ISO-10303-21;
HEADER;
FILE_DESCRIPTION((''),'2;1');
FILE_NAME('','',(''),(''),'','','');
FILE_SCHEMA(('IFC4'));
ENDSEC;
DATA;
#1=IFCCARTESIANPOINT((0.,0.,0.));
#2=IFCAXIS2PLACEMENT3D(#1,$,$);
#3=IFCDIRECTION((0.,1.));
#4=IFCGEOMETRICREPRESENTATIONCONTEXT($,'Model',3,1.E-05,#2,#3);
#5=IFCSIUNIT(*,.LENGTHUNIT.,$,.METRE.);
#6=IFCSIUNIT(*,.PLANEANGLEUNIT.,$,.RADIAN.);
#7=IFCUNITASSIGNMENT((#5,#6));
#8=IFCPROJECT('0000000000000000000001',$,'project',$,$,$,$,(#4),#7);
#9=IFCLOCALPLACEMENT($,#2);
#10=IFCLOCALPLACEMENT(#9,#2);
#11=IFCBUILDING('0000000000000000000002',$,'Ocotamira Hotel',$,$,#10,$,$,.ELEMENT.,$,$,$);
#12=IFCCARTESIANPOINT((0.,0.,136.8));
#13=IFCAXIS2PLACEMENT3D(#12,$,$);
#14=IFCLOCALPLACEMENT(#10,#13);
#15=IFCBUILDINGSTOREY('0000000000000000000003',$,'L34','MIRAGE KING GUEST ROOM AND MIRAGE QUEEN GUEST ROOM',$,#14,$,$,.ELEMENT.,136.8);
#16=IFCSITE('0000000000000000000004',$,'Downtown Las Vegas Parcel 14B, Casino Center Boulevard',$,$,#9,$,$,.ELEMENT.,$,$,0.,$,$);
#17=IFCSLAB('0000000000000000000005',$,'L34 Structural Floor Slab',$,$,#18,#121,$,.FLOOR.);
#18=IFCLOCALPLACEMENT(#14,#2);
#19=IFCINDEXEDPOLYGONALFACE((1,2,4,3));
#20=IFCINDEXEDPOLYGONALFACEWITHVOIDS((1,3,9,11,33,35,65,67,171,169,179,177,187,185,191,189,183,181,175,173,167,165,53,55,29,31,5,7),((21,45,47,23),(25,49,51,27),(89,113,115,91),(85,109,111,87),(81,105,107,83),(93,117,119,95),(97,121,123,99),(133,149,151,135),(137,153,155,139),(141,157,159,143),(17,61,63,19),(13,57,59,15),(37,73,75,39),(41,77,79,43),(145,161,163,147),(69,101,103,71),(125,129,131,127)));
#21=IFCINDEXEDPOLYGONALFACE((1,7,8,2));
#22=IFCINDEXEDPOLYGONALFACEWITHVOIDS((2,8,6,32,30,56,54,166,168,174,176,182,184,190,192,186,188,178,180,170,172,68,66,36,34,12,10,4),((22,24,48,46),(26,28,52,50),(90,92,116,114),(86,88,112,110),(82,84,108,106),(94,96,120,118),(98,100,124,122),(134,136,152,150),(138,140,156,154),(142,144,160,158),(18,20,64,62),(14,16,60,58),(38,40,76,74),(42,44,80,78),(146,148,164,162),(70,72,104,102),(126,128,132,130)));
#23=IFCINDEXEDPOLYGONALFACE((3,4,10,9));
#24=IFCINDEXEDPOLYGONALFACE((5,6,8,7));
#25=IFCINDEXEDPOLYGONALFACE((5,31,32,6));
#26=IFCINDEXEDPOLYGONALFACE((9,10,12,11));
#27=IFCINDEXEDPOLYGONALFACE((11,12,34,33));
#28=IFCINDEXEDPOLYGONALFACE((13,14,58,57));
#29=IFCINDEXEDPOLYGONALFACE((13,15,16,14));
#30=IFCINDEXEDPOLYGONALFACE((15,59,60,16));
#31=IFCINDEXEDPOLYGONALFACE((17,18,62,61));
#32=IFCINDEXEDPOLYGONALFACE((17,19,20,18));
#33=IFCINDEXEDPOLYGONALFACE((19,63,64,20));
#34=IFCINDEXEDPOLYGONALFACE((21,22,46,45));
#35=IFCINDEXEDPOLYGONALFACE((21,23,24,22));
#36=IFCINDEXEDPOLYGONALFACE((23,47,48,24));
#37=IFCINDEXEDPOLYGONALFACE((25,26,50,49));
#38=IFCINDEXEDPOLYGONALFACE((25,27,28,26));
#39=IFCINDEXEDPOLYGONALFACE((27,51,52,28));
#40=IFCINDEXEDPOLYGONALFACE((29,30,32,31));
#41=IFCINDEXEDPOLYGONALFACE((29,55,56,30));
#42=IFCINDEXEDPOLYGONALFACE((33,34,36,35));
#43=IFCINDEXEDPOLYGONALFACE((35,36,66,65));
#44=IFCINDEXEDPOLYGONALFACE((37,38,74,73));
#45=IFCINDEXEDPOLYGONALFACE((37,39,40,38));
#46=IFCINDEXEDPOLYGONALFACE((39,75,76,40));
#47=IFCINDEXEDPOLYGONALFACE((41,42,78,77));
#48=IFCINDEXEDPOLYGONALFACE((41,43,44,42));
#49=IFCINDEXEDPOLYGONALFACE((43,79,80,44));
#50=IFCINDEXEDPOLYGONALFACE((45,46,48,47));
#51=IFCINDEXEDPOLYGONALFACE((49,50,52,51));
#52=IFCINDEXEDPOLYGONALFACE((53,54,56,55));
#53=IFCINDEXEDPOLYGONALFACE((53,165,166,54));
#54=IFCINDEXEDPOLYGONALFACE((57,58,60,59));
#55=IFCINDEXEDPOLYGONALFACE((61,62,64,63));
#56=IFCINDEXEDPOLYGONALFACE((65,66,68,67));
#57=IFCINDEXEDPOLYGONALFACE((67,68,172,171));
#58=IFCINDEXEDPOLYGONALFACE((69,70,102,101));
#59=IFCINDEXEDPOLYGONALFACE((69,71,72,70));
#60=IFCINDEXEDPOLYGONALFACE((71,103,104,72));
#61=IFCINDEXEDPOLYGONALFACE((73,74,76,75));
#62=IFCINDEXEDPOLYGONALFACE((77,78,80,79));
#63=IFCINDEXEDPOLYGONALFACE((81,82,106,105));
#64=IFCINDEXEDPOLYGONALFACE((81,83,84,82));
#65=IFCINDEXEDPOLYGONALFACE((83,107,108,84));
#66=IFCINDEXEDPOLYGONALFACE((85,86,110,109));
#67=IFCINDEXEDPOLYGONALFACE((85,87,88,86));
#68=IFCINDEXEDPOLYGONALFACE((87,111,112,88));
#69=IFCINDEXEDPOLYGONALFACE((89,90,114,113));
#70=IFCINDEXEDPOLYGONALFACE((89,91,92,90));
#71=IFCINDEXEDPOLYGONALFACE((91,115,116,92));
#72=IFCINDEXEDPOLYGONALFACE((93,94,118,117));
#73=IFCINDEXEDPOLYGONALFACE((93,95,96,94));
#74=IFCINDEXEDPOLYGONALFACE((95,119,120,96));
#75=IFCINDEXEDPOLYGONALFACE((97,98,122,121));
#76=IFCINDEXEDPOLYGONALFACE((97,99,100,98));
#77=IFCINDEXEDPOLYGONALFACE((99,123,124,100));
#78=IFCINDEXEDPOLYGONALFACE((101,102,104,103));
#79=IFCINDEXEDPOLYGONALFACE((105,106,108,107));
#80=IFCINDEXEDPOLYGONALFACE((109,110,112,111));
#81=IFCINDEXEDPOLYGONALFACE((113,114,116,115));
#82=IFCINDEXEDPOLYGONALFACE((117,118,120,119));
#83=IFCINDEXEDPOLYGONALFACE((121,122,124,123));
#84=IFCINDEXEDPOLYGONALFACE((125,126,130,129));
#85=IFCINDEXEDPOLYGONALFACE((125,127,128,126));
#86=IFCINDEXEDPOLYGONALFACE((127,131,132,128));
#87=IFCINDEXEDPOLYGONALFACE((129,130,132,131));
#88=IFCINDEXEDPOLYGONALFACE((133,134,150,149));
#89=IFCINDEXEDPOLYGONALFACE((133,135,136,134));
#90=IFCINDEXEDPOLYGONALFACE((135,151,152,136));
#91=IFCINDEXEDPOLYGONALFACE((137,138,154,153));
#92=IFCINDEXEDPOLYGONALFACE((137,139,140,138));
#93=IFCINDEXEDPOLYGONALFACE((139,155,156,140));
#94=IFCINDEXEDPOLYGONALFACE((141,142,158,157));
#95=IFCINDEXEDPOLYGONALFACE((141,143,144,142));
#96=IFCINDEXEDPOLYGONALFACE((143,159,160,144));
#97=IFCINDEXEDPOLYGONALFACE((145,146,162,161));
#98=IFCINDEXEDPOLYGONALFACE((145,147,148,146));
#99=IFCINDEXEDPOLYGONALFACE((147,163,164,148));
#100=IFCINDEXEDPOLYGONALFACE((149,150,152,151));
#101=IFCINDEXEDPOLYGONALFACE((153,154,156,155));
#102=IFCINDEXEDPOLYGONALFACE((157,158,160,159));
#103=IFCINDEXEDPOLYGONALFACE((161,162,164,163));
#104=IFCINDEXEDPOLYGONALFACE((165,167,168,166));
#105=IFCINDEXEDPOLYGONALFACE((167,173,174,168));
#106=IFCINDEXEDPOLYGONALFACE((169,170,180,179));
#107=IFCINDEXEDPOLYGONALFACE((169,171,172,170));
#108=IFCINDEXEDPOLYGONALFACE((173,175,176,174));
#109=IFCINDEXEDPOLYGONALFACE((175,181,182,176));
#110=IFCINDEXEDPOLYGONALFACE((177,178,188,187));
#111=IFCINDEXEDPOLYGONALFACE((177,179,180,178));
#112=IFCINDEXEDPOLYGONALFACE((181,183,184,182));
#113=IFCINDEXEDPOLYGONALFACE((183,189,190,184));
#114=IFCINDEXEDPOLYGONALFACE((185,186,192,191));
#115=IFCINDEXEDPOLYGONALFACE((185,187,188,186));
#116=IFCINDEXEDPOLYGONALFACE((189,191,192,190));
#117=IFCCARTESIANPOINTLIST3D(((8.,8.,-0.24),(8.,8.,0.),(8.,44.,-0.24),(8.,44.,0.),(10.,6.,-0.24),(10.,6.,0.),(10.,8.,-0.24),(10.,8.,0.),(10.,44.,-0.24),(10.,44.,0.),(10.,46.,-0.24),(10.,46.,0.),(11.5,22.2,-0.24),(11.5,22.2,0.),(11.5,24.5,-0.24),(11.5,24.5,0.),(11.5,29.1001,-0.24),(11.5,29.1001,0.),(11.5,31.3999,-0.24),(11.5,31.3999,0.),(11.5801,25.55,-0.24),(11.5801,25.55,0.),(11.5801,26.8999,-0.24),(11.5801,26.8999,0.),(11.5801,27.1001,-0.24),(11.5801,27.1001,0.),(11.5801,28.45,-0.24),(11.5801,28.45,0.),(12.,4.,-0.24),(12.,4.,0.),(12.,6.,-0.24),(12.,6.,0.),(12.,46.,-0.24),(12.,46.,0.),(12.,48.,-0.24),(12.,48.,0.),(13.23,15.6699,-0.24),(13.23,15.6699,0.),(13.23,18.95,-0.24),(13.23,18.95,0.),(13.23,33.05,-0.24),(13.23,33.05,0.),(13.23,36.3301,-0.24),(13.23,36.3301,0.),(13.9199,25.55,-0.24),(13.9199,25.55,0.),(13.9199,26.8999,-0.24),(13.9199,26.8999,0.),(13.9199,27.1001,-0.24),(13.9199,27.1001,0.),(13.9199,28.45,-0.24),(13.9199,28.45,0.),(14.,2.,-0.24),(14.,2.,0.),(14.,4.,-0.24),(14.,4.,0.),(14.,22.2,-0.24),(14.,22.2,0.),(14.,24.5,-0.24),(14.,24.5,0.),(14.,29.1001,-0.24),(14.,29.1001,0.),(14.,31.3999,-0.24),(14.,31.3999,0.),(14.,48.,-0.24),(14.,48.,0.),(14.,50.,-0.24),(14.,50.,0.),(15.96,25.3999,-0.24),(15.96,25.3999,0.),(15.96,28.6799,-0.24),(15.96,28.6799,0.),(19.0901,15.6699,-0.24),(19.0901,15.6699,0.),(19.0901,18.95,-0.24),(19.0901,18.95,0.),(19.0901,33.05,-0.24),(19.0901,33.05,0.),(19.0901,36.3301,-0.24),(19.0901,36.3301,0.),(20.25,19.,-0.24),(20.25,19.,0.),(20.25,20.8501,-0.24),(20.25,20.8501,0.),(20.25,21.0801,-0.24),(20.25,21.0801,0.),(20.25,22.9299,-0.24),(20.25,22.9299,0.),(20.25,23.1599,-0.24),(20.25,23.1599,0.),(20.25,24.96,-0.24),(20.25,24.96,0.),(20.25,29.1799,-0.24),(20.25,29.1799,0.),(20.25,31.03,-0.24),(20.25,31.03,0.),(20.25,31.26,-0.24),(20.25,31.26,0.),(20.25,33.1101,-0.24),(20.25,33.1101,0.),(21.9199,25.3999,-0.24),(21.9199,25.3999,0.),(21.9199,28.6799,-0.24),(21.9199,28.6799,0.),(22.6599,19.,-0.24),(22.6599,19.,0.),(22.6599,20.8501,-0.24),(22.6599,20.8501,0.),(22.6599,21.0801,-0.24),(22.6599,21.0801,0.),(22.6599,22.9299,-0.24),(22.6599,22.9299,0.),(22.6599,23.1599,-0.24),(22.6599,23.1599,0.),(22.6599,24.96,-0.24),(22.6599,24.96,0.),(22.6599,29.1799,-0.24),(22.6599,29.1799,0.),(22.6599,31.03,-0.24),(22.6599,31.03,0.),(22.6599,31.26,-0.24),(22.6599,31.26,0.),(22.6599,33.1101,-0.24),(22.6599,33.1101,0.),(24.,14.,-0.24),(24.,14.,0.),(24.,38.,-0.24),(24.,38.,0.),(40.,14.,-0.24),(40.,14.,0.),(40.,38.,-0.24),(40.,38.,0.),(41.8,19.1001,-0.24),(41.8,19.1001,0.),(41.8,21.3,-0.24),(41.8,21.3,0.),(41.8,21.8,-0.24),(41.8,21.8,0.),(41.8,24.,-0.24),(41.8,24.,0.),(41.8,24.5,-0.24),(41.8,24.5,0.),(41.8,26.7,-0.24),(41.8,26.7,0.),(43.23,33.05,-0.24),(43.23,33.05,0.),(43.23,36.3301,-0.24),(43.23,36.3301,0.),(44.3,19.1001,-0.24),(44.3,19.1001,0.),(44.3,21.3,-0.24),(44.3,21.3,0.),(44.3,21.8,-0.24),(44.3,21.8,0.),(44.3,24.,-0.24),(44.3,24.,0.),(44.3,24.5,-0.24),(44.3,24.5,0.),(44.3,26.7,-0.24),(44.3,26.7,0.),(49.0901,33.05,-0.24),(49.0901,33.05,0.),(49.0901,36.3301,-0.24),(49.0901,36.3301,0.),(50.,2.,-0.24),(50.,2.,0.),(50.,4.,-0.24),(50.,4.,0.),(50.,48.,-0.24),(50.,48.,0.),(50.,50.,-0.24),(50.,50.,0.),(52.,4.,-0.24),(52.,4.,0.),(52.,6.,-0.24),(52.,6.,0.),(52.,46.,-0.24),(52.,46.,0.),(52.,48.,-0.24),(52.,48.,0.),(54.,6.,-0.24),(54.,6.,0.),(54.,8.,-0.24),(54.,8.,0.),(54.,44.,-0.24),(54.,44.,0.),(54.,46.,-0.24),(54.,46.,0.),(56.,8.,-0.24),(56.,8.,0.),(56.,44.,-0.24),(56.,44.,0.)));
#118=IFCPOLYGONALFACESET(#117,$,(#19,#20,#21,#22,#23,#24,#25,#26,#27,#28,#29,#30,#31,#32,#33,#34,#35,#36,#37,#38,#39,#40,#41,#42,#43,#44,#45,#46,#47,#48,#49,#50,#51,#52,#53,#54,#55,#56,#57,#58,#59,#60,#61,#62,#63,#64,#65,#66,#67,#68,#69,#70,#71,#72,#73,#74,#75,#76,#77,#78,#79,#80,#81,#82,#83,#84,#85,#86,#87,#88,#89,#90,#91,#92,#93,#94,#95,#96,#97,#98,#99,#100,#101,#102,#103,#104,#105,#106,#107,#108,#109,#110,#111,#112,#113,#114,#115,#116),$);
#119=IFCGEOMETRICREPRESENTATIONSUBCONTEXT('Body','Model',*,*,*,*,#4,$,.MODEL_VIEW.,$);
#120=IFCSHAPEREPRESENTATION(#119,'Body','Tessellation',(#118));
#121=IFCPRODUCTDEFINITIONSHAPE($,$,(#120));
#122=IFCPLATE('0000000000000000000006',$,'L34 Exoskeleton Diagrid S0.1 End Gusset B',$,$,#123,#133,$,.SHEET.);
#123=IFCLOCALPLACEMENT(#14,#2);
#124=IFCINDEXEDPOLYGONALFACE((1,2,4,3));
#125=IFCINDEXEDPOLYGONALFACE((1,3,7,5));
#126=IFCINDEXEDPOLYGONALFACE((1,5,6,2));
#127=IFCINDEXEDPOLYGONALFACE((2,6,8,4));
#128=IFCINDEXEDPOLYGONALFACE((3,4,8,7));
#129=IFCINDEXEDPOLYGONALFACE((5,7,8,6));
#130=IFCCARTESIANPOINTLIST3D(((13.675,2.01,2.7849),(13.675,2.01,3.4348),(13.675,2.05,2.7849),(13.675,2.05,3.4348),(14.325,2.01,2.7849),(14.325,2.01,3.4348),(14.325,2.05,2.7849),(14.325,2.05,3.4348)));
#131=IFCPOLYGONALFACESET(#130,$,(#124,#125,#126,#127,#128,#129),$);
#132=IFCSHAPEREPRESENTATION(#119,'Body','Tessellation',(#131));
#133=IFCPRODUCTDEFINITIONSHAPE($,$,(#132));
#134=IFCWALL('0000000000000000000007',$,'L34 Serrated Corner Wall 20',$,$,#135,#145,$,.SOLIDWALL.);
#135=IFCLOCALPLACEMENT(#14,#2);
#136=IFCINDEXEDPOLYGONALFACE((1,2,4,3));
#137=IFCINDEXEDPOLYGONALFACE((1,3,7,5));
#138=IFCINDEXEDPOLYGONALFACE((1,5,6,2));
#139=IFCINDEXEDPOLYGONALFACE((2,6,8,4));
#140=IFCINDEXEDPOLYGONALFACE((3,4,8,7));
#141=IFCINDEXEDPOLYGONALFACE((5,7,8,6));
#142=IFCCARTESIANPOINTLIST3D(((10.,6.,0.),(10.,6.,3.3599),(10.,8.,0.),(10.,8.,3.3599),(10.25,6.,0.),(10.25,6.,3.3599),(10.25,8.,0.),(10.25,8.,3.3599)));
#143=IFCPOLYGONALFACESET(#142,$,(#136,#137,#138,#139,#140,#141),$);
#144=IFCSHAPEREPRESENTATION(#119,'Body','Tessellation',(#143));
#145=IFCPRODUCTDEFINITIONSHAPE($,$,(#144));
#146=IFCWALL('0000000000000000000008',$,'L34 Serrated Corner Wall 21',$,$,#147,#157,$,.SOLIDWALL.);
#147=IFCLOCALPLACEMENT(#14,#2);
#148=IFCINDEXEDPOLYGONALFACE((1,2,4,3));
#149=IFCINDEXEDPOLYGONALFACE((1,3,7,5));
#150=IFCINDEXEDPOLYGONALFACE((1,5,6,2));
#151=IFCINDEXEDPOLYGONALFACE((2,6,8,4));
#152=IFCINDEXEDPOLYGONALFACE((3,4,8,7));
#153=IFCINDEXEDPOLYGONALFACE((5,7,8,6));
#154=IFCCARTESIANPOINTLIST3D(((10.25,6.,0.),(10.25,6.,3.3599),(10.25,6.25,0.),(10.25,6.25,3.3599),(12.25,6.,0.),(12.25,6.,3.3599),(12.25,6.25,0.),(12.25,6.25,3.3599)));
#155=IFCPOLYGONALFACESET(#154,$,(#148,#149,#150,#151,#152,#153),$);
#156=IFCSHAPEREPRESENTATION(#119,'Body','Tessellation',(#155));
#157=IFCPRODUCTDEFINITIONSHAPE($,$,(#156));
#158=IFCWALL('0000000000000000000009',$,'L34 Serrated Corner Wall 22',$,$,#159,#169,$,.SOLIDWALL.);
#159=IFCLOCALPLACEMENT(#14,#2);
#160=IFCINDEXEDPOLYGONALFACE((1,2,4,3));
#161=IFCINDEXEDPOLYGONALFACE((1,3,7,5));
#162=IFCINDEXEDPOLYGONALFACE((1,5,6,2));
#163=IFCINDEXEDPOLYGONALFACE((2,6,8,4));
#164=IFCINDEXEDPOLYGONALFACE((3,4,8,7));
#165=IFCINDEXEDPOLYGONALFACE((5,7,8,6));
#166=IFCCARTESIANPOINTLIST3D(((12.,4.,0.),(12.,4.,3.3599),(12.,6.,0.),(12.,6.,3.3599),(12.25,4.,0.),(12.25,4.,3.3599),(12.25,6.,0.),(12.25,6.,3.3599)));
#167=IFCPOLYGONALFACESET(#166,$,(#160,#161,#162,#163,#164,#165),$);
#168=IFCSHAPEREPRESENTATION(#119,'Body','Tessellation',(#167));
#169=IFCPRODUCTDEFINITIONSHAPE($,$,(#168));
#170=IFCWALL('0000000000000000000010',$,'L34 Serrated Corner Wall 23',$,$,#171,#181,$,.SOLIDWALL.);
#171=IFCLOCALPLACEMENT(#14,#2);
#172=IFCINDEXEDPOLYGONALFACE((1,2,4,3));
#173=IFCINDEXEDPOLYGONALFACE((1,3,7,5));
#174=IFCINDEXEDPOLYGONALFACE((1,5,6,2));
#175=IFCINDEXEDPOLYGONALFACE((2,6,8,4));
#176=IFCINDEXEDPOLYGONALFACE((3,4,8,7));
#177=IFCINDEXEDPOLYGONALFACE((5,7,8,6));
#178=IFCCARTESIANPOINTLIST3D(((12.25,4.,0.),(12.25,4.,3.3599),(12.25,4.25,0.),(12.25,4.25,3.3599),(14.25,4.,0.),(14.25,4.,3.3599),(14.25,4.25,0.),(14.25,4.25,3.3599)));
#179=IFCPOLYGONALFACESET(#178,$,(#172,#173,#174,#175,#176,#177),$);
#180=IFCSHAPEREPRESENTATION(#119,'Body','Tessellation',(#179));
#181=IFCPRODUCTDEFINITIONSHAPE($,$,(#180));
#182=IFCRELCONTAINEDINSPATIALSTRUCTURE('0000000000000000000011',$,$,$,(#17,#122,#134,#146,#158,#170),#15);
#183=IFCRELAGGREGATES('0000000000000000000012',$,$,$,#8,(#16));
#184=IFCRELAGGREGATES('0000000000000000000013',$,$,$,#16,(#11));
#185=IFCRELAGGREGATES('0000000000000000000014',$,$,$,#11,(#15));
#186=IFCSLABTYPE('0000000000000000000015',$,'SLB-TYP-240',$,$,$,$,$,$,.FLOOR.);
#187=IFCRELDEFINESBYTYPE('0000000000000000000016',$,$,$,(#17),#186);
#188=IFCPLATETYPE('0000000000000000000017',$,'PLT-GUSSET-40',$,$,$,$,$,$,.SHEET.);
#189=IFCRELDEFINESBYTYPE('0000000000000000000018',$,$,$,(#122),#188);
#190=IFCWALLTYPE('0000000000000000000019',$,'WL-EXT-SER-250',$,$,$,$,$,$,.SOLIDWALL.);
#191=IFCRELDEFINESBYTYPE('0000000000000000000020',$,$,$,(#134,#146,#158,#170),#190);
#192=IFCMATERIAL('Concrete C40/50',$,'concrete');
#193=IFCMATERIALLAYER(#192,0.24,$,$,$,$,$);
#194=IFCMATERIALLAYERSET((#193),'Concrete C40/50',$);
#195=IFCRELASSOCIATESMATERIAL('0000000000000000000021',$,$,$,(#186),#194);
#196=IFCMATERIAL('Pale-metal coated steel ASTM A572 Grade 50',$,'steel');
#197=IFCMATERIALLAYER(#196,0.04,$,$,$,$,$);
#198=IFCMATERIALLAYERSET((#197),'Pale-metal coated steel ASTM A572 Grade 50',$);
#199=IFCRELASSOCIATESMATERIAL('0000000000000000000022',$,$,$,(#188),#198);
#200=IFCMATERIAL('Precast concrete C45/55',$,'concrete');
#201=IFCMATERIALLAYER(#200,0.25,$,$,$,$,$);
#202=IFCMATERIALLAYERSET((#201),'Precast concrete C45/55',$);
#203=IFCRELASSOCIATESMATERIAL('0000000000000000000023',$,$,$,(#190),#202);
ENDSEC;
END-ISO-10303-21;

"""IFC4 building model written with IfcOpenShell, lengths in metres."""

from ifc_helpers import new_model, si_unit, direction, frame, frame_2d, origin, origin_2d, place, context, subcontext, project, spatial, polyline, rectangle, outline, extrude, source, transform, mapped, material, layer, layer_set, type_object, element, save


model = new_model("IFC4")

# Units and contexts
model_context = context("Model", 3, precision=1e-05, world=origin(), true_north=direction((0.0, 1.0)))
body_context = subcontext(model_context, "Body", "Model", "MODEL_VIEW")
ifc_project = project(units=[si_unit("LENGTHUNIT", "METRE"), si_unit("PLANEANGLEUNIT", "RADIAN")], contexts=[model_context])

# Site, building, storey
site_placement = place(None, origin())
site = spatial("IfcSite", under=ifc_project, at=site_placement, Name="Downtown Las Vegas Parcel 14B, Casino Center Boulevard", CompositionType="ELEMENT", RefElevation=0.0)
building_placement = place(site_placement, origin())
building = spatial("IfcBuilding", under=site, at=building_placement, Name="Ocotamira Hotel", CompositionType="ELEMENT")
storey_placement = place(building_placement, frame((0.0, 0.0, 136.8)))
storey = spatial("IfcBuildingStorey", under=building, at=storey_placement, Name="L34", Description="MIRAGE KING GUEST ROOM AND MIRAGE QUEEN GUEST ROOM", CompositionType="ELEMENT", Elevation=136.8)

# Shared definitions
ifc_material_1 = material(Name="Concrete C40/50", Category="concrete")

# Slab
ifc_layer_1 = layer(ifc_material_1, 0.24)
ifc_layer_set_1 = layer_set([ifc_layer_1], Name="Concrete C40/50")
slab_type_1 = type_object("IfcSlabType", Name="SLB-TYP-240", PredefinedType="FLOOR", material=ifc_layer_set_1)
slab_1_placement = place(storey_placement, frame((0.0, 0.0, -0.24)))
element("IfcSlab", 1, at=slab_1_placement, inside=storey, type_object=slab_type_1, Name="L34 Structural Floor Slab", PredefinedType="FLOOR", context=body_context, shape_type="SweptSolid", body=[
    extrude(outline(polyline([(14.0, 2.0), (50.0, 2.0), (50.0, 4.0), (52.0, 4.0), (52.0, 6.0), (54.0, 6.0), (54.0, 8.0), (56.0, 8.0), (56.0, 44.0), (54.0, 44.0), (54.0, 46.0), (52.0, 46.0), (52.0, 48.0), (50.0, 48.0), (50.0, 50.0), (14.0, 50.0), (14.0, 48.0), (12.0, 48.0), (12.0, 46.0), (10.0, 46.0), (10.0, 44.0), (8.0, 44.0), (8.0, 8.0), (10.0, 8.0), (10.0, 6.0), (12.0, 6.0), (12.0, 4.0), (14.0, 4.0), (14.0, 2.0)]), holes=[polyline([(24.0, 14.0), (40.0, 14.0), (40.0, 38.0), (24.0, 38.0), (24.0, 14.0)]), polyline([(13.23, 15.6699), (19.0901, 15.6699), (19.0901, 18.95), (13.23, 18.95), (13.23, 15.6699)]), polyline([(13.23, 33.05), (19.0901, 33.05), (19.0901, 36.3301), (13.23, 36.3301), (13.23, 33.05)]), polyline([(15.96, 25.3999), (21.9199, 25.3999), (21.9199, 28.6799), (15.96, 28.6799), (15.96, 25.3999)]), polyline([(43.23, 33.05), (49.0901, 33.05), (49.0901, 36.3301), (43.23, 36.3301), (43.23, 33.05)]), polyline([(41.8, 19.1001), (44.3, 19.1001), (44.3, 21.3), (41.8, 21.3), (41.8, 19.1001)]), polyline([(41.8, 21.8), (44.3, 21.8), (44.3, 24.0), (41.8, 24.0), (41.8, 21.8)]), polyline([(41.8, 24.5), (44.3, 24.5), (44.3, 26.7), (41.8, 26.7), (41.8, 24.5)]), polyline([(20.25, 19.0), (22.6599, 19.0), (22.6599, 20.8501), (20.25, 20.8501), (20.25, 19.0)]), polyline([(20.25, 21.0801), (22.6599, 21.0801), (22.6599, 22.9299), (20.25, 22.9299), (20.25, 21.0801)]), polyline([(20.25, 23.1599), (22.6599, 23.1599), (22.6599, 24.96), (20.25, 24.96), (20.25, 23.1599)]), polyline([(20.25, 29.1799), (22.6599, 29.1799), (22.6599, 31.03), (20.25, 31.03), (20.25, 29.1799)]), polyline([(20.25, 31.26), (22.6599, 31.26), (22.6599, 33.1101), (20.25, 33.1101), (20.25, 31.26)]), polyline([(11.5, 22.2), (14.0, 22.2), (14.0, 24.5), (11.5, 24.5), (11.5, 22.2)]), polyline([(11.5, 29.1001), (14.0, 29.1001), (14.0, 31.3999), (11.5, 31.3999), (11.5, 29.1001)]), polyline([(11.5801, 25.55), (13.9199, 25.55), (13.9199, 26.8999), (11.5801, 26.8999), (11.5801, 25.55)]), polyline([(11.5801, 27.1001), (13.9199, 27.1001), (13.9199, 28.45), (11.5801, 28.45), (11.5801, 27.1001)])]), origin(), (0.0, 0.0, 1.0), 0.24),
])

# Plate
ifc_material_2 = material(Name="Pale-metal coated steel ASTM A572 Grade 50", Category="steel")
ifc_layer_2 = layer(ifc_material_2, 0.04)
ifc_layer_set_2 = layer_set([ifc_layer_2], Name="Pale-metal coated steel ASTM A572 Grade 50")
plate_type = type_object("IfcPlateType", Name="PLT-GUSSET-40", PredefinedType="SHEET", material=ifc_layer_set_2)
shared_shape_1 = source(origin(), body_context, "Body", "SweptSolid", [
    extrude(rectangle(XDim=0.6499, YDim=0.04, at=origin_2d()), origin(), (0.0, 0.0, 1.0), 0.6499),
])
plate_placement = place(storey_placement, frame((14.0, 2.03, 2.7849), z_axis=(0.0, 0.0, 1.0), x_axis=(-1.0, 0.0, 0.0)))
element("IfcPlate", 2, at=plate_placement, inside=storey, type_object=plate_type, Name="L34 Exoskeleton Diagrid S0.1 End Gusset B", PredefinedType="SHEET", context=body_context, shape_type="MappedRepresentation", body=[
    mapped(shared_shape_1, transform((0.0, 0.0, 0.0), scale=1.0)),
])

# Walls
ifc_material_3 = material(Name="Precast concrete C45/55", Category="concrete")
ifc_layer_3 = layer(ifc_material_3, 0.25)
ifc_layer_set_3 = layer_set([ifc_layer_3], Name="Precast concrete C45/55")
wall_type = type_object("IfcWallType", Name="WL-EXT-SER-250", PredefinedType="SOLIDWALL", material=ifc_layer_set_3)
for number, where, z_axis, x_axis, name in (
    (3, (10.125, 8.0, 0.0), (0.0, 0.0, 1.0), (0.0, -1.0, 0.0), "L34 Serrated Corner Wall 20"),
    (4, (10.25, 6.125, 0.0), (0.0, 0.0, 1.0), (1.0, 0.0, 0.0), "L34 Serrated Corner Wall 21"),
    (5, (12.125, 6.0, 0.0), (0.0, 0.0, 1.0), (0.0, -1.0, 0.0), "L34 Serrated Corner Wall 22"),
    (6, (12.25, 4.125, 0.0), (0.0, 0.0, 1.0), (1.0, 0.0, 0.0), "L34 Serrated Corner Wall 23"),
):
    element("IfcWall", number, at=place(storey_placement, frame(where, z_axis=z_axis, x_axis=x_axis)), inside=storey, type_object=wall_type, Name=name, PredefinedType="SOLIDWALL", context=body_context, shape_type="SweptSolid", body=[
        extrude(rectangle(XDim=2.0, YDim=0.25, at=frame_2d((1.0, 0.0))), origin(), (0.0, 0.0, 1.0), 3.3599),
    ])

save(model, "model.ifc")
